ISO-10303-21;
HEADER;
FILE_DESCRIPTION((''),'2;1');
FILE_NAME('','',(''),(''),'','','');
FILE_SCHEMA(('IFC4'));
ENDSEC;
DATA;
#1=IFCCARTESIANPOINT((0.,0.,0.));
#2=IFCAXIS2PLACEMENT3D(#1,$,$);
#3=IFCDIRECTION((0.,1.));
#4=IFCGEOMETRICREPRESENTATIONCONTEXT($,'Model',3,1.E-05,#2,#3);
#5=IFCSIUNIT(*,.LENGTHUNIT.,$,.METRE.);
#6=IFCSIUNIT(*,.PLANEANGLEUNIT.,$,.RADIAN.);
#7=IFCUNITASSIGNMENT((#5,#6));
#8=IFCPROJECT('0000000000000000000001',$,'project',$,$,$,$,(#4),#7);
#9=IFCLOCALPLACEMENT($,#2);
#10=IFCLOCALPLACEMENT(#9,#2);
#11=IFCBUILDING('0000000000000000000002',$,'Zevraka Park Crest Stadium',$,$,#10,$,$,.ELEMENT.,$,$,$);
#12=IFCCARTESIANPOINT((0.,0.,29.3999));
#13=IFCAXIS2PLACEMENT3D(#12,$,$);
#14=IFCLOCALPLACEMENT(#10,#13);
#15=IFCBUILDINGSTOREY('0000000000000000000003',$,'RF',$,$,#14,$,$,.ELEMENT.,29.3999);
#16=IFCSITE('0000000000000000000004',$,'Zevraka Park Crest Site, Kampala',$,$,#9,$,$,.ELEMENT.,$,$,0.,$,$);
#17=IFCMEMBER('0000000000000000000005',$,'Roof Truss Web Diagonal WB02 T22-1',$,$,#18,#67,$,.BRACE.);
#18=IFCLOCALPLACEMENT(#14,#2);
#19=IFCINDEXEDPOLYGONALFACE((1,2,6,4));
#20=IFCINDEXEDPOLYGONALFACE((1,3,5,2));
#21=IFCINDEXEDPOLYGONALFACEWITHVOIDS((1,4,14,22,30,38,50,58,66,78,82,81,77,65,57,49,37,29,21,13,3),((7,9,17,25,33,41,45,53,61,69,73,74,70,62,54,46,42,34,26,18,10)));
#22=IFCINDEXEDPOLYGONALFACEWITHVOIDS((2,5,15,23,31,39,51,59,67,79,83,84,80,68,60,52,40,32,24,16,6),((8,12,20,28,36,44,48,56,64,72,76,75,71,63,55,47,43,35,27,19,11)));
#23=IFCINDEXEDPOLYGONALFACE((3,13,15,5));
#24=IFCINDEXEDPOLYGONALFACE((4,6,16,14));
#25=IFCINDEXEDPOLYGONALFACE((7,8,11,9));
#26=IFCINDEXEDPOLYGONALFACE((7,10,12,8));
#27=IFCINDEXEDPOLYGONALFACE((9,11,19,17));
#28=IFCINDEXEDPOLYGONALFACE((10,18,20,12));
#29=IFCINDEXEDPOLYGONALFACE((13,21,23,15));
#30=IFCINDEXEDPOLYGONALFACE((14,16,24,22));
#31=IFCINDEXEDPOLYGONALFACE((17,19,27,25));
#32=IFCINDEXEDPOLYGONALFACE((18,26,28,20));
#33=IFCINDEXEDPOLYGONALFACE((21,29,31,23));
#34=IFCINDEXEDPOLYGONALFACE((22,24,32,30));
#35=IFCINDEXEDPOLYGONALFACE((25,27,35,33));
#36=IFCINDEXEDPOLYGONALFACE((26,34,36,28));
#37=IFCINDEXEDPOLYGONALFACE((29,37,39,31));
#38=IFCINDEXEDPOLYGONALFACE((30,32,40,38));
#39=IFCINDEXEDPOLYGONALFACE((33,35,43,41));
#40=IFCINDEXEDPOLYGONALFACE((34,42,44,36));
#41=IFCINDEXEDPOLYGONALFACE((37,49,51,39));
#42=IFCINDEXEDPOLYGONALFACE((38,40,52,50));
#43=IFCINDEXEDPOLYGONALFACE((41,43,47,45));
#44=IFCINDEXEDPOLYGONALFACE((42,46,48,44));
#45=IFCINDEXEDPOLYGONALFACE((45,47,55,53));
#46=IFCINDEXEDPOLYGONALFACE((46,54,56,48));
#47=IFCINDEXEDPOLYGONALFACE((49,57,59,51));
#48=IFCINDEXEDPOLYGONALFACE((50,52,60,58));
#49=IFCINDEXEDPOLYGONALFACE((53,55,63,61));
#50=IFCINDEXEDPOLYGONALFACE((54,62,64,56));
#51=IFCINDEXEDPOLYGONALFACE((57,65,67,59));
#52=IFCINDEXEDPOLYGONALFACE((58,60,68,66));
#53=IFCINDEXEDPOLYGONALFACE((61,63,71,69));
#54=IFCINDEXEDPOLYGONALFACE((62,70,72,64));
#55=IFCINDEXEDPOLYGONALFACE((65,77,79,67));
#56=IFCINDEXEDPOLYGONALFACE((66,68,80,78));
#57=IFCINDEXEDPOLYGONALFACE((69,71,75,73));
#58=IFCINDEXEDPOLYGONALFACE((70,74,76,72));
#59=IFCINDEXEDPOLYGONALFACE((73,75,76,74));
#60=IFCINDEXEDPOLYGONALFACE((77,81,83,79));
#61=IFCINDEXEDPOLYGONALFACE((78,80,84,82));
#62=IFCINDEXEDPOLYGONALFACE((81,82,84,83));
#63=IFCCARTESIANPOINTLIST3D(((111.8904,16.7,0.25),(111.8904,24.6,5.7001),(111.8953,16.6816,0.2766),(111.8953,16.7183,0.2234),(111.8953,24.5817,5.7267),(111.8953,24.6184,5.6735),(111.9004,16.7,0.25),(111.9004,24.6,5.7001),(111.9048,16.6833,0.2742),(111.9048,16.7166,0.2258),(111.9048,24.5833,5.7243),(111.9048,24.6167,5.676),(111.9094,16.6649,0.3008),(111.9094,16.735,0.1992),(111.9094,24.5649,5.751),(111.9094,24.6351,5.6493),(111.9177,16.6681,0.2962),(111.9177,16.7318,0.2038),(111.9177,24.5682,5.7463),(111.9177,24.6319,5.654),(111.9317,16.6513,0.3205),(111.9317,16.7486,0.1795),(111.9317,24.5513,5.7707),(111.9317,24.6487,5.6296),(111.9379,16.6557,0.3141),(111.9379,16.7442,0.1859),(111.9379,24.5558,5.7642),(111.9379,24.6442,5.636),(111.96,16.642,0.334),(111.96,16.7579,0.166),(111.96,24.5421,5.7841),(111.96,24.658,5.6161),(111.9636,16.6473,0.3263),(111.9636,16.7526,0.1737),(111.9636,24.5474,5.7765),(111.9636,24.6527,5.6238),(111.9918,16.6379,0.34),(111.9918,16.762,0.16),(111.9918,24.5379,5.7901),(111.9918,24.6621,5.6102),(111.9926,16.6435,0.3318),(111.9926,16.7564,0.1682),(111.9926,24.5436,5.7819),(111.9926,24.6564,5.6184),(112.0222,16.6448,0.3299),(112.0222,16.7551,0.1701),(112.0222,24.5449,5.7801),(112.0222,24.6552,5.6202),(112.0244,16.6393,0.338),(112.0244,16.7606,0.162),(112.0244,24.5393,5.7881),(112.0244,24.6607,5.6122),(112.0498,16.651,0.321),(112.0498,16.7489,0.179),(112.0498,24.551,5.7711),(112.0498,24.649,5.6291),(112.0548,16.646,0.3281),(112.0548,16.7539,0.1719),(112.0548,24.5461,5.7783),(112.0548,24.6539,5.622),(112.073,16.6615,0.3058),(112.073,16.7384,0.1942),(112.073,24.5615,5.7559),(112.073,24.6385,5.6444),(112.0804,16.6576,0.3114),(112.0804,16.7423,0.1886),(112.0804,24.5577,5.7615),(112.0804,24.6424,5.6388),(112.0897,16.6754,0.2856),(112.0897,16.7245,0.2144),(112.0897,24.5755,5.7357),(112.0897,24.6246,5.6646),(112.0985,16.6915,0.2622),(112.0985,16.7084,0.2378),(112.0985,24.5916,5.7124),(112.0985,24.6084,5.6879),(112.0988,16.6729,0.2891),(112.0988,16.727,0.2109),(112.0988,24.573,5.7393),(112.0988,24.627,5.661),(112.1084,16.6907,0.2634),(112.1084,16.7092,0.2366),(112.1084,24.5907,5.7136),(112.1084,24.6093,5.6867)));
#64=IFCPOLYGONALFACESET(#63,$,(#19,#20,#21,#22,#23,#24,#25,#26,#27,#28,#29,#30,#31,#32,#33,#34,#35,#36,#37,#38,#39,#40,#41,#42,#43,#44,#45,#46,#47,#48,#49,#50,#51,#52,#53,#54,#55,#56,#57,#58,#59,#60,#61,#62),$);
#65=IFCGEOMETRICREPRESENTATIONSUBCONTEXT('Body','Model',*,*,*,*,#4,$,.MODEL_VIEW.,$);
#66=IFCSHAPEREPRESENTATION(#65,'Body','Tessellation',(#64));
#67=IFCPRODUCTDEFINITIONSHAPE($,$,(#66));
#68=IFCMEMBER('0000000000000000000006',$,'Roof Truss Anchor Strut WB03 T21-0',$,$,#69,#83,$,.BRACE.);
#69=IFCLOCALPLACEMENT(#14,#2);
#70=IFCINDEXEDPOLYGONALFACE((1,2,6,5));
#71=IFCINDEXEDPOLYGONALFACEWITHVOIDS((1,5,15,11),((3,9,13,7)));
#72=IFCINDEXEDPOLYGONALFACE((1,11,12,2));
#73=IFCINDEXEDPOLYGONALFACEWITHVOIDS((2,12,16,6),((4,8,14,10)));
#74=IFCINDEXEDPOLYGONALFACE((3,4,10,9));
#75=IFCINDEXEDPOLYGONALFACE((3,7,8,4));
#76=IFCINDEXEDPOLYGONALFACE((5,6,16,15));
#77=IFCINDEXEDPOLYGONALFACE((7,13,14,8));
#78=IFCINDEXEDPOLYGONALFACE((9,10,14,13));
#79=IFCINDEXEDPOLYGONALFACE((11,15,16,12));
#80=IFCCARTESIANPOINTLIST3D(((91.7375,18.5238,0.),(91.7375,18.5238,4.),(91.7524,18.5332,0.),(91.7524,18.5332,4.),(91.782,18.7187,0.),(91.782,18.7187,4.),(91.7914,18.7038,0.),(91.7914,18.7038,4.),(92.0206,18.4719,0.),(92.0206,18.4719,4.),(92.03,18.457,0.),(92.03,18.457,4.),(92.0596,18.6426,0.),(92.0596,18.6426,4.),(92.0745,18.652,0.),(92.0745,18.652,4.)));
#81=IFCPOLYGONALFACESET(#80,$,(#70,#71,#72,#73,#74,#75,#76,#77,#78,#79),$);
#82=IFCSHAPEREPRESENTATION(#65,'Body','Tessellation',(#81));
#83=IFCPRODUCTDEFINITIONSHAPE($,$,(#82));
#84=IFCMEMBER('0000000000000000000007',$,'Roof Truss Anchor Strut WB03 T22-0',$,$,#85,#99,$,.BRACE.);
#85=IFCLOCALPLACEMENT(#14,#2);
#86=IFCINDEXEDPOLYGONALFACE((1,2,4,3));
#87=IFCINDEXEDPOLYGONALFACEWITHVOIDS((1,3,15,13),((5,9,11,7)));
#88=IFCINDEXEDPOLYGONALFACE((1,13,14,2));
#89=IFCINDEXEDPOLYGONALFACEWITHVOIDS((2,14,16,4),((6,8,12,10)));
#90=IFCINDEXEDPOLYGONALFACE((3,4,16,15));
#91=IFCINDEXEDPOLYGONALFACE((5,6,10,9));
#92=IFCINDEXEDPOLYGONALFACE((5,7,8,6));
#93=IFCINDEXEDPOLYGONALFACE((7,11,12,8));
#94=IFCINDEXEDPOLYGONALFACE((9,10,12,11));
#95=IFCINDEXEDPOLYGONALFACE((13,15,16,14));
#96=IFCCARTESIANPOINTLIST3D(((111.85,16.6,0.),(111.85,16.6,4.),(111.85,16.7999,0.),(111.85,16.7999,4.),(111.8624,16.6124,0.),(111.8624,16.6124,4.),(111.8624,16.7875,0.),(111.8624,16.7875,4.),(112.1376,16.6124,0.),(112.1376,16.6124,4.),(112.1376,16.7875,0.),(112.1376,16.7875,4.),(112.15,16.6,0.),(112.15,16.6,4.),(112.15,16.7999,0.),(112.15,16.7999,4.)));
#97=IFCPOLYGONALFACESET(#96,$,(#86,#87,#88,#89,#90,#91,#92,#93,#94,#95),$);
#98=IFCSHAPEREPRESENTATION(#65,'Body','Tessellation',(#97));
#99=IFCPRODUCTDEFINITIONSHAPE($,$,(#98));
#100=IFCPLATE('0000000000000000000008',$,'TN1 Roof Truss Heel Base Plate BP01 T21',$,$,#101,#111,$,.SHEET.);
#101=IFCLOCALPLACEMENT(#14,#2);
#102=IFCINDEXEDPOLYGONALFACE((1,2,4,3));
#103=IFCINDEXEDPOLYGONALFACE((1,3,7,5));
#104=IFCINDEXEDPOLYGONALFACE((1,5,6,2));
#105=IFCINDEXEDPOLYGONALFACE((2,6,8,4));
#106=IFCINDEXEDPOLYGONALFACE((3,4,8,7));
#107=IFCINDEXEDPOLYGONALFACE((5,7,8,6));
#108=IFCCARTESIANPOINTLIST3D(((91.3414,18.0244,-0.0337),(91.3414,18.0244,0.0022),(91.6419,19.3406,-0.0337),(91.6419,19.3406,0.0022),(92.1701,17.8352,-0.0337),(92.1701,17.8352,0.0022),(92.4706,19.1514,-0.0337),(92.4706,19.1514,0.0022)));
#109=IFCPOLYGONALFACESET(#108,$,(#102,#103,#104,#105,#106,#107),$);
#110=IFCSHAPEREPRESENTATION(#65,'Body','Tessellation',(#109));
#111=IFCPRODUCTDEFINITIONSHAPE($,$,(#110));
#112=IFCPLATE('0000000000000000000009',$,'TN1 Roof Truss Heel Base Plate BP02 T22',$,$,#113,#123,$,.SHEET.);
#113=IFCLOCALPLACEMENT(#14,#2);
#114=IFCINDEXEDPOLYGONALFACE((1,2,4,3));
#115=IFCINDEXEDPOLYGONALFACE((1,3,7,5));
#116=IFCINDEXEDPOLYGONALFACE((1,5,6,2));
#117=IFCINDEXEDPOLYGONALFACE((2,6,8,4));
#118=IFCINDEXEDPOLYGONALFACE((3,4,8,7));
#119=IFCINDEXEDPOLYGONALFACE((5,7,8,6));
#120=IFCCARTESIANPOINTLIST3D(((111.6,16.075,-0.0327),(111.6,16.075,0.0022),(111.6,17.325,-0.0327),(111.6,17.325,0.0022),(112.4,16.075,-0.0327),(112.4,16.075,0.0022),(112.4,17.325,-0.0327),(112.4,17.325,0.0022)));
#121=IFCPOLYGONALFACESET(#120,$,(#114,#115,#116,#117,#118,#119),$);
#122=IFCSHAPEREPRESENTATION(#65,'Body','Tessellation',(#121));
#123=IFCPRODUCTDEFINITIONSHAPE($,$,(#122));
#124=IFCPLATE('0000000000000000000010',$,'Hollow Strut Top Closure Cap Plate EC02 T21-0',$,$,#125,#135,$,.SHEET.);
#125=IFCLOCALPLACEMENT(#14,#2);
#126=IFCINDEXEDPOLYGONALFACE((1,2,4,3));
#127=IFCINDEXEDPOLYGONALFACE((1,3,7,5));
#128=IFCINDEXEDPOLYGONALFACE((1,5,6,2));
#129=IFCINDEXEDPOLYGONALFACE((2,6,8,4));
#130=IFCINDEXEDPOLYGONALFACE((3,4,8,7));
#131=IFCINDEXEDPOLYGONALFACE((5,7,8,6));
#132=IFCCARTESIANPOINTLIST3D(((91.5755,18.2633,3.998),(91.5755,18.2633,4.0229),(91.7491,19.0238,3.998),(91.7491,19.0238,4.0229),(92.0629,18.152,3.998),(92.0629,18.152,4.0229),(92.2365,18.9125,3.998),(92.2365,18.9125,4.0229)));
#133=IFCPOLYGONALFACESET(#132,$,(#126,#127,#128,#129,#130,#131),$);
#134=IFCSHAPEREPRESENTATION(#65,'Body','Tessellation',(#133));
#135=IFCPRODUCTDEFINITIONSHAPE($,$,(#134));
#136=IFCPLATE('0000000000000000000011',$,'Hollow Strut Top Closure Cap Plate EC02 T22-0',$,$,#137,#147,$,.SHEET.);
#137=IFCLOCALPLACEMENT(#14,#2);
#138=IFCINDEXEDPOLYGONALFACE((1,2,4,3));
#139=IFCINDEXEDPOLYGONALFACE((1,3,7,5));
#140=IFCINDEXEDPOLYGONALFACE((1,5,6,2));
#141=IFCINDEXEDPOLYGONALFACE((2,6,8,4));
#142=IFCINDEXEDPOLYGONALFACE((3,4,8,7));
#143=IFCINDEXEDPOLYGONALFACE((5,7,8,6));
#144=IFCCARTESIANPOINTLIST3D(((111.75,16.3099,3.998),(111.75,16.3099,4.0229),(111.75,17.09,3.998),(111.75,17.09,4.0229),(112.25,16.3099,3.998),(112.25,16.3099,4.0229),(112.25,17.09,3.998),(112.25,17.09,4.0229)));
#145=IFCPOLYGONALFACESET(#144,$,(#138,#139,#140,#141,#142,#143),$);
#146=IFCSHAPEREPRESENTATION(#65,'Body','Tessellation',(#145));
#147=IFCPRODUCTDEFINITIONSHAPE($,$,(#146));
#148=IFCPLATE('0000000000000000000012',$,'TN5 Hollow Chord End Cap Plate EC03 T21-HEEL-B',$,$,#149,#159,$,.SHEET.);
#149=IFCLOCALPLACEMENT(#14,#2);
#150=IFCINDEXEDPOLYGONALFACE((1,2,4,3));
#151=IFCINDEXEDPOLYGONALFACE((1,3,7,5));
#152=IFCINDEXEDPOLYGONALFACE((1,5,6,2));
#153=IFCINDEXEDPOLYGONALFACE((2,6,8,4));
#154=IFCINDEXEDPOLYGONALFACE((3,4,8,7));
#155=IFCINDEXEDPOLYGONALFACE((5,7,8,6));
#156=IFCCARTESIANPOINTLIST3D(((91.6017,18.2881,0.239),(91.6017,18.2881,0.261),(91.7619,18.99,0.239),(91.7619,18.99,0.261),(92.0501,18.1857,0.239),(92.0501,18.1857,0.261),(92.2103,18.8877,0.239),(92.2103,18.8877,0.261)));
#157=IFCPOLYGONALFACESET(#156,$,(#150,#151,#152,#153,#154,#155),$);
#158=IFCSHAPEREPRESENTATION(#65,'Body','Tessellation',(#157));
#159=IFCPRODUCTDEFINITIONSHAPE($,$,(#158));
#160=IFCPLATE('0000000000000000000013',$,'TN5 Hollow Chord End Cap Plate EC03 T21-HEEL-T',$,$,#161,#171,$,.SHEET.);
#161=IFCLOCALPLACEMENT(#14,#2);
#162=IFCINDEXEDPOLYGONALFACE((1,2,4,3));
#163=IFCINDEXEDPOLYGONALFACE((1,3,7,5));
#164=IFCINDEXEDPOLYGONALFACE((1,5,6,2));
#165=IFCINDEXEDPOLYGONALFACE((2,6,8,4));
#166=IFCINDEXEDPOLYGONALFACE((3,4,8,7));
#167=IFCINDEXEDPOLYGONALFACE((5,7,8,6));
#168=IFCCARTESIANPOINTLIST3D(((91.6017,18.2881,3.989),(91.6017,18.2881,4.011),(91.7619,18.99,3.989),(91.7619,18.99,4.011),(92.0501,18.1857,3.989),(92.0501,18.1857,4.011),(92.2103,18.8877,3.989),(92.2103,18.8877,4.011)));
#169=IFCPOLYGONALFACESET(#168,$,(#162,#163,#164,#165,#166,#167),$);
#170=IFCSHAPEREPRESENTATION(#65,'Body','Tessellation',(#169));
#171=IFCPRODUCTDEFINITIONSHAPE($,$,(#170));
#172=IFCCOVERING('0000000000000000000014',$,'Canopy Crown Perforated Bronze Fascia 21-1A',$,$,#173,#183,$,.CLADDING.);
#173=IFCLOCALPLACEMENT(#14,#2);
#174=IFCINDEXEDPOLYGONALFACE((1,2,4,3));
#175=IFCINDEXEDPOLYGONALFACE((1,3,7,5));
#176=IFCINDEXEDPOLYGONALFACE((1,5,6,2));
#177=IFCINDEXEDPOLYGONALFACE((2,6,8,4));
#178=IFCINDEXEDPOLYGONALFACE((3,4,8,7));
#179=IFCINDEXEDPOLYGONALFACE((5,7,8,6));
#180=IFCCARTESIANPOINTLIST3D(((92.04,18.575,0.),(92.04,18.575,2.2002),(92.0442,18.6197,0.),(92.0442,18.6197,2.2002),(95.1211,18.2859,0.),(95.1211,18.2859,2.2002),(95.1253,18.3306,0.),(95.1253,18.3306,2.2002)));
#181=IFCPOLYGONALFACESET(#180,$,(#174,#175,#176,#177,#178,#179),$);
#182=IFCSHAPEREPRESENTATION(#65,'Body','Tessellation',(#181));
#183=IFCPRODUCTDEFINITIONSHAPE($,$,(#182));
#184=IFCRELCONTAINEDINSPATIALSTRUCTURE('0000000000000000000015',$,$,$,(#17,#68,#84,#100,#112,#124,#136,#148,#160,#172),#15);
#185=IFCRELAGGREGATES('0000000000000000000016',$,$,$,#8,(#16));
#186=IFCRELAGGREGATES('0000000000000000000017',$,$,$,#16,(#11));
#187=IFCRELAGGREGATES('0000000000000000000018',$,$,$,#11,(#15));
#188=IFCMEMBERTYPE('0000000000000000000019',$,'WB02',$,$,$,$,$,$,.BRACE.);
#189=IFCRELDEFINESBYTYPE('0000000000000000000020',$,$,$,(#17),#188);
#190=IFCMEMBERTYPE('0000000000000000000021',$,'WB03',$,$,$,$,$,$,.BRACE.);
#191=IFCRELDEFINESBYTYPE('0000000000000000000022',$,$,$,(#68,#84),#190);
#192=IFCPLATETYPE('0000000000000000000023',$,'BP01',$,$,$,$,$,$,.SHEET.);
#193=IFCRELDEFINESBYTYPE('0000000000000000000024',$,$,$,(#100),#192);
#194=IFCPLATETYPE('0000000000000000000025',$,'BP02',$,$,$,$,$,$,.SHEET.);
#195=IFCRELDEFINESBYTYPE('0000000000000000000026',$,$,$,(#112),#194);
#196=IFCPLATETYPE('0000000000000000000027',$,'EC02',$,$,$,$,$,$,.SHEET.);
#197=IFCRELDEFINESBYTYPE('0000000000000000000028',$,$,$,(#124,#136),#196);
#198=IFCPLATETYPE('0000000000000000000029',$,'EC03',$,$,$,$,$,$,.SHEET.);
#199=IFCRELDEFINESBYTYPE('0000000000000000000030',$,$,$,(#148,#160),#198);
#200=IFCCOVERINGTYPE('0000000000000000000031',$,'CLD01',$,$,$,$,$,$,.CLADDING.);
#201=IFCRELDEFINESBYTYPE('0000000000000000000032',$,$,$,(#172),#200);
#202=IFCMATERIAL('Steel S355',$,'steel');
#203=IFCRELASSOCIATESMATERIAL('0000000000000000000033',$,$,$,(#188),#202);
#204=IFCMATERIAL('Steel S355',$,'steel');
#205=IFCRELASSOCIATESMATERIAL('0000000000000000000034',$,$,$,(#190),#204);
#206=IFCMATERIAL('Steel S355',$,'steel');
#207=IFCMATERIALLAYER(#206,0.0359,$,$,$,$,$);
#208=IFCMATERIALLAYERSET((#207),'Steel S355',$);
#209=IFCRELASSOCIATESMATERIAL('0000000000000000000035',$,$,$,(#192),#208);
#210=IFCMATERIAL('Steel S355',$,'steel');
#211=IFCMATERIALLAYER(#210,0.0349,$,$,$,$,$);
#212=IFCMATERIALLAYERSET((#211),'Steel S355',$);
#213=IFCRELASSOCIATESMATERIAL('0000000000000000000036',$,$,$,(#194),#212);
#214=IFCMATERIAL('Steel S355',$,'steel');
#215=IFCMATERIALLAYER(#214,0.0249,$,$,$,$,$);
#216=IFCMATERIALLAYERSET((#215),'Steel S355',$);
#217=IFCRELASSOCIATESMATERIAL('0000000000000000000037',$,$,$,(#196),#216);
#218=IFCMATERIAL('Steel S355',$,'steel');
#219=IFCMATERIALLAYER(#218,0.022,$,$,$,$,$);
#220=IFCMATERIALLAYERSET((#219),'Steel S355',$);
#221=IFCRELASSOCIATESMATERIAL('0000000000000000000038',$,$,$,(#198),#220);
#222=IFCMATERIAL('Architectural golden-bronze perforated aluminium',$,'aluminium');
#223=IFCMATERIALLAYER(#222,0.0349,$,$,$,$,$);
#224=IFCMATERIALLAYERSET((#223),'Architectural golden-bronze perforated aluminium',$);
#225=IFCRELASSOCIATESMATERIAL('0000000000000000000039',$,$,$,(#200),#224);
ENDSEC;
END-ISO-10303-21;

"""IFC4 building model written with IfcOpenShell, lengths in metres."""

from ifc_helpers import new_model, si_unit, direction, frame, origin, origin_2d, place, context, subcontext, project, spatial, polyline, rectangle, hollow_rectangle, hollow_circle, outline, extrude, material, layer, layer_set, material_profile, profile_set, type_object, element, save


model = new_model("IFC4")

# Units and contexts
model_context = context("Model", 3, precision=1e-05, world=origin(), true_north=direction((0.0, 1.0)))
body_context = subcontext(model_context, "Body", "Model", "MODEL_VIEW")
ifc_project = project(units=[si_unit("LENGTHUNIT", "METRE"), si_unit("PLANEANGLEUNIT", "RADIAN")], contexts=[model_context])

# Site, building, storey
site_placement = place(None, origin())
site = spatial("IfcSite", under=ifc_project, at=site_placement, Name="Zevraka Park Crest Site, Kampala", CompositionType="ELEMENT", RefElevation=0.0)
building_placement = place(site_placement, origin())
building = spatial("IfcBuilding", under=site, at=building_placement, Name="Zevraka Park Crest Stadium", CompositionType="ELEMENT")
storey_placement = place(building_placement, frame((0.0, 0.0, 29.3999)))
storey = spatial("IfcBuildingStorey", under=building, at=storey_placement, Name="RF", CompositionType="ELEMENT", Elevation=29.3999)

# Members
ifc_material_1 = material(Name="Steel S355", Category="steel")
ifc_material_profile_1 = material_profile(ifc_material_1, hollow_circle(Radius=0.1096, WallThickness=0.01, at=origin_2d()), Name="CHS 219.1x10")
ifc_profile_set_1 = profile_set([ifc_material_profile_1], Name="Steel S355")
member_type_1 = type_object("IfcMemberType", Name="WB02", PredefinedType="BRACE", material=ifc_profile_set_1)
member_1_placement = place(storey_placement, frame((112.0, 16.7, 0.25), z_axis=(0.0, 0.823124, 0.567861), x_axis=(-1.0, 0.0, 0.0)))
element("IfcMember", 1, at=member_1_placement, inside=storey, type_object=member_type_1, Name="Roof Truss Web Diagonal WB02 T22-1", PredefinedType="BRACE", context=body_context, shape_type="SweptSolid", body=[
    extrude(hollow_circle(Radius=0.1096, WallThickness=0.01, at=origin_2d()), origin(), (0.0, 0.0, 1.0), 9.5977),
])
ifc_material_2 = material(Name="Steel S355", Category="steel")
ifc_material_profile_2 = material_profile(ifc_material_2, hollow_rectangle(XDim=0.2, YDim=0.3, WallThickness=0.0125, at=origin_2d()), Name="RHS 300x200x12.5")
ifc_profile_set_2 = profile_set([ifc_material_profile_2], Name="Steel S355")
member_type_2 = type_object("IfcMemberType", Name="WB03", PredefinedType="BRACE", material=ifc_profile_set_2)
for number, where, z_axis, x_axis, name in (
    (2, (91.906, 18.5879, 0.0), (0.0, 0.0, 1.0), (0.22257, 0.974917, 0.0), "Roof Truss Anchor Strut WB03 T21-0"),
    (3, (112.0, 16.7, 0.0), (0.0, 0.0, 1.0), (0.0, 1.0, 0.0), "Roof Truss Anchor Strut WB03 T22-0"),
):
    element("IfcMember", number, at=place(storey_placement, frame(where, z_axis=z_axis, x_axis=x_axis)), inside=storey, type_object=member_type_2, Name=name, PredefinedType="BRACE", context=body_context, shape_type="SweptSolid", body=[
        extrude(hollow_rectangle(XDim=0.2, YDim=0.3, WallThickness=0.0125, at=origin_2d()), origin(), (0.0, 0.0, 1.0), 4.0),
    ])

# Plates
ifc_material_3 = material(Name="Steel S355", Category="steel")
ifc_layer_1 = layer(ifc_material_3, 0.0359)
ifc_layer_set_1 = layer_set([ifc_layer_1], Name="Steel S355")
plate_type_1 = type_object("IfcPlateType", Name="BP01", PredefinedType="SHEET", material=ifc_layer_set_1)
plate_1_placement = place(storey_placement, frame((91.906, 18.5879, -0.0337), z_axis=(0.0, 0.0, 1.0), x_axis=(0.22257, 0.974917, 0.0)))
element("IfcPlate", 4, at=plate_1_placement, inside=storey, type_object=plate_type_1, Name="TN1 Roof Truss Heel Base Plate BP01 T21", PredefinedType="SHEET", context=body_context, shape_type="SweptSolid", body=[
    extrude(rectangle(XDim=1.3501, YDim=0.8501, at=origin_2d()), origin(), (0.0, 0.0, 1.0), 0.0359),
])
ifc_material_4 = material(Name="Steel S355", Category="steel")
ifc_layer_2 = layer(ifc_material_4, 0.0349)
ifc_layer_set_2 = layer_set([ifc_layer_2], Name="Steel S355")
plate_type_2 = type_object("IfcPlateType", Name="BP02", PredefinedType="SHEET", material=ifc_layer_set_2)
plate_2_placement = place(storey_placement, frame((112.0, 16.7, -0.0327), z_axis=(0.0, 0.0, 1.0), x_axis=(0.0, 1.0, 0.0)))
element("IfcPlate", 5, at=plate_2_placement, inside=storey, type_object=plate_type_2, Name="TN1 Roof Truss Heel Base Plate BP02 T22", PredefinedType="SHEET", context=body_context, shape_type="SweptSolid", body=[
    extrude(rectangle(XDim=1.25, YDim=0.8, at=origin_2d()), origin(), (0.0, 0.0, 1.0), 0.0349),
])
ifc_material_5 = material(Name="Steel S355", Category="steel")
ifc_layer_3 = layer(ifc_material_5, 0.0249)
ifc_layer_set_3 = layer_set([ifc_layer_3], Name="Steel S355")
plate_type_3 = type_object("IfcPlateType", Name="EC02", PredefinedType="SHEET", material=ifc_layer_set_3)
for number, where, z_axis, x_axis, name in (
    (6, (91.906, 18.5879, 3.998), (0.0, 0.0, 1.0), (0.22257, 0.974917, 0.0), "Hollow Strut Top Closure Cap Plate EC02 T21-0"),
    (7, (112.0, 16.7, 3.998), (0.0, 0.0, 1.0), (0.0, 1.0, 0.0), "Hollow Strut Top Closure Cap Plate EC02 T22-0"),
):
    element("IfcPlate", number, at=place(storey_placement, frame(where, z_axis=z_axis, x_axis=x_axis)), inside=storey, type_object=plate_type_3, Name=name, PredefinedType="SHEET", context=body_context, shape_type="SweptSolid", body=[
        extrude(rectangle(XDim=0.78, YDim=0.5, at=origin_2d()), origin(), (0.0, 0.0, 1.0), 0.0249),
    ])
ifc_material_6 = material(Name="Steel S355", Category="steel")
ifc_layer_4 = layer(ifc_material_6, 0.022)
ifc_layer_set_4 = layer_set([ifc_layer_4], Name="Steel S355")
plate_type_4 = type_object("IfcPlateType", Name="EC03", PredefinedType="SHEET", material=ifc_layer_set_4)
for number, where, z_axis, x_axis, name in (
    (8, (91.906, 18.5879, 0.239), (0.0, 0.0, 1.0), (0.22257, 0.974917, 0.0), "TN5 Hollow Chord End Cap Plate EC03 T21-HEEL-B"),
    (9, (91.906, 18.5879, 3.989), (0.0, 0.0, 1.0), (0.22257, 0.974917, 0.0), "TN5 Hollow Chord End Cap Plate EC03 T21-HEEL-T"),
):
    element("IfcPlate", number, at=place(storey_placement, frame(where, z_axis=z_axis, x_axis=x_axis)), inside=storey, type_object=plate_type_4, Name=name, PredefinedType="SHEET", context=body_context, shape_type="SweptSolid", body=[
        extrude(rectangle(XDim=0.72, YDim=0.46, at=origin_2d()), origin(), (0.0, 0.0, 1.0), 0.022),
    ])

# Covering
ifc_material_7 = material(Name="Architectural golden-bronze perforated aluminium", Category="aluminium")
ifc_layer_5 = layer(ifc_material_7, 0.0349)
ifc_layer_set_5 = layer_set([ifc_layer_5], Name="Architectural golden-bronze perforated aluminium")
covering_type = type_object("IfcCoveringType", Name="CLD01", PredefinedType="CLADDING", material=ifc_layer_set_5)
covering_1_placement = place(storey_placement, frame((92.04, 18.575, 0.0), z_axis=(-0.093409, -0.995628, 0.0), x_axis=(0.995628, -0.093409, 0.0)))
element("IfcCovering", 10, at=covering_1_placement, inside=storey, type_object=covering_type, Name="Canopy Crown Perforated Bronze Fascia 21-1A", PredefinedType="CLADDING", context=body_context, shape_type="SweptSolid", body=[
    extrude(outline(polyline([(0.0, 0.0), (3.0946, 0.0), (3.0946, 2.2002), (0.0, 2.2002), (0.0, 0.0)])), origin(), (0.0, 0.0, -1.0), 0.0449),
])

save(model, "model.ifc")
